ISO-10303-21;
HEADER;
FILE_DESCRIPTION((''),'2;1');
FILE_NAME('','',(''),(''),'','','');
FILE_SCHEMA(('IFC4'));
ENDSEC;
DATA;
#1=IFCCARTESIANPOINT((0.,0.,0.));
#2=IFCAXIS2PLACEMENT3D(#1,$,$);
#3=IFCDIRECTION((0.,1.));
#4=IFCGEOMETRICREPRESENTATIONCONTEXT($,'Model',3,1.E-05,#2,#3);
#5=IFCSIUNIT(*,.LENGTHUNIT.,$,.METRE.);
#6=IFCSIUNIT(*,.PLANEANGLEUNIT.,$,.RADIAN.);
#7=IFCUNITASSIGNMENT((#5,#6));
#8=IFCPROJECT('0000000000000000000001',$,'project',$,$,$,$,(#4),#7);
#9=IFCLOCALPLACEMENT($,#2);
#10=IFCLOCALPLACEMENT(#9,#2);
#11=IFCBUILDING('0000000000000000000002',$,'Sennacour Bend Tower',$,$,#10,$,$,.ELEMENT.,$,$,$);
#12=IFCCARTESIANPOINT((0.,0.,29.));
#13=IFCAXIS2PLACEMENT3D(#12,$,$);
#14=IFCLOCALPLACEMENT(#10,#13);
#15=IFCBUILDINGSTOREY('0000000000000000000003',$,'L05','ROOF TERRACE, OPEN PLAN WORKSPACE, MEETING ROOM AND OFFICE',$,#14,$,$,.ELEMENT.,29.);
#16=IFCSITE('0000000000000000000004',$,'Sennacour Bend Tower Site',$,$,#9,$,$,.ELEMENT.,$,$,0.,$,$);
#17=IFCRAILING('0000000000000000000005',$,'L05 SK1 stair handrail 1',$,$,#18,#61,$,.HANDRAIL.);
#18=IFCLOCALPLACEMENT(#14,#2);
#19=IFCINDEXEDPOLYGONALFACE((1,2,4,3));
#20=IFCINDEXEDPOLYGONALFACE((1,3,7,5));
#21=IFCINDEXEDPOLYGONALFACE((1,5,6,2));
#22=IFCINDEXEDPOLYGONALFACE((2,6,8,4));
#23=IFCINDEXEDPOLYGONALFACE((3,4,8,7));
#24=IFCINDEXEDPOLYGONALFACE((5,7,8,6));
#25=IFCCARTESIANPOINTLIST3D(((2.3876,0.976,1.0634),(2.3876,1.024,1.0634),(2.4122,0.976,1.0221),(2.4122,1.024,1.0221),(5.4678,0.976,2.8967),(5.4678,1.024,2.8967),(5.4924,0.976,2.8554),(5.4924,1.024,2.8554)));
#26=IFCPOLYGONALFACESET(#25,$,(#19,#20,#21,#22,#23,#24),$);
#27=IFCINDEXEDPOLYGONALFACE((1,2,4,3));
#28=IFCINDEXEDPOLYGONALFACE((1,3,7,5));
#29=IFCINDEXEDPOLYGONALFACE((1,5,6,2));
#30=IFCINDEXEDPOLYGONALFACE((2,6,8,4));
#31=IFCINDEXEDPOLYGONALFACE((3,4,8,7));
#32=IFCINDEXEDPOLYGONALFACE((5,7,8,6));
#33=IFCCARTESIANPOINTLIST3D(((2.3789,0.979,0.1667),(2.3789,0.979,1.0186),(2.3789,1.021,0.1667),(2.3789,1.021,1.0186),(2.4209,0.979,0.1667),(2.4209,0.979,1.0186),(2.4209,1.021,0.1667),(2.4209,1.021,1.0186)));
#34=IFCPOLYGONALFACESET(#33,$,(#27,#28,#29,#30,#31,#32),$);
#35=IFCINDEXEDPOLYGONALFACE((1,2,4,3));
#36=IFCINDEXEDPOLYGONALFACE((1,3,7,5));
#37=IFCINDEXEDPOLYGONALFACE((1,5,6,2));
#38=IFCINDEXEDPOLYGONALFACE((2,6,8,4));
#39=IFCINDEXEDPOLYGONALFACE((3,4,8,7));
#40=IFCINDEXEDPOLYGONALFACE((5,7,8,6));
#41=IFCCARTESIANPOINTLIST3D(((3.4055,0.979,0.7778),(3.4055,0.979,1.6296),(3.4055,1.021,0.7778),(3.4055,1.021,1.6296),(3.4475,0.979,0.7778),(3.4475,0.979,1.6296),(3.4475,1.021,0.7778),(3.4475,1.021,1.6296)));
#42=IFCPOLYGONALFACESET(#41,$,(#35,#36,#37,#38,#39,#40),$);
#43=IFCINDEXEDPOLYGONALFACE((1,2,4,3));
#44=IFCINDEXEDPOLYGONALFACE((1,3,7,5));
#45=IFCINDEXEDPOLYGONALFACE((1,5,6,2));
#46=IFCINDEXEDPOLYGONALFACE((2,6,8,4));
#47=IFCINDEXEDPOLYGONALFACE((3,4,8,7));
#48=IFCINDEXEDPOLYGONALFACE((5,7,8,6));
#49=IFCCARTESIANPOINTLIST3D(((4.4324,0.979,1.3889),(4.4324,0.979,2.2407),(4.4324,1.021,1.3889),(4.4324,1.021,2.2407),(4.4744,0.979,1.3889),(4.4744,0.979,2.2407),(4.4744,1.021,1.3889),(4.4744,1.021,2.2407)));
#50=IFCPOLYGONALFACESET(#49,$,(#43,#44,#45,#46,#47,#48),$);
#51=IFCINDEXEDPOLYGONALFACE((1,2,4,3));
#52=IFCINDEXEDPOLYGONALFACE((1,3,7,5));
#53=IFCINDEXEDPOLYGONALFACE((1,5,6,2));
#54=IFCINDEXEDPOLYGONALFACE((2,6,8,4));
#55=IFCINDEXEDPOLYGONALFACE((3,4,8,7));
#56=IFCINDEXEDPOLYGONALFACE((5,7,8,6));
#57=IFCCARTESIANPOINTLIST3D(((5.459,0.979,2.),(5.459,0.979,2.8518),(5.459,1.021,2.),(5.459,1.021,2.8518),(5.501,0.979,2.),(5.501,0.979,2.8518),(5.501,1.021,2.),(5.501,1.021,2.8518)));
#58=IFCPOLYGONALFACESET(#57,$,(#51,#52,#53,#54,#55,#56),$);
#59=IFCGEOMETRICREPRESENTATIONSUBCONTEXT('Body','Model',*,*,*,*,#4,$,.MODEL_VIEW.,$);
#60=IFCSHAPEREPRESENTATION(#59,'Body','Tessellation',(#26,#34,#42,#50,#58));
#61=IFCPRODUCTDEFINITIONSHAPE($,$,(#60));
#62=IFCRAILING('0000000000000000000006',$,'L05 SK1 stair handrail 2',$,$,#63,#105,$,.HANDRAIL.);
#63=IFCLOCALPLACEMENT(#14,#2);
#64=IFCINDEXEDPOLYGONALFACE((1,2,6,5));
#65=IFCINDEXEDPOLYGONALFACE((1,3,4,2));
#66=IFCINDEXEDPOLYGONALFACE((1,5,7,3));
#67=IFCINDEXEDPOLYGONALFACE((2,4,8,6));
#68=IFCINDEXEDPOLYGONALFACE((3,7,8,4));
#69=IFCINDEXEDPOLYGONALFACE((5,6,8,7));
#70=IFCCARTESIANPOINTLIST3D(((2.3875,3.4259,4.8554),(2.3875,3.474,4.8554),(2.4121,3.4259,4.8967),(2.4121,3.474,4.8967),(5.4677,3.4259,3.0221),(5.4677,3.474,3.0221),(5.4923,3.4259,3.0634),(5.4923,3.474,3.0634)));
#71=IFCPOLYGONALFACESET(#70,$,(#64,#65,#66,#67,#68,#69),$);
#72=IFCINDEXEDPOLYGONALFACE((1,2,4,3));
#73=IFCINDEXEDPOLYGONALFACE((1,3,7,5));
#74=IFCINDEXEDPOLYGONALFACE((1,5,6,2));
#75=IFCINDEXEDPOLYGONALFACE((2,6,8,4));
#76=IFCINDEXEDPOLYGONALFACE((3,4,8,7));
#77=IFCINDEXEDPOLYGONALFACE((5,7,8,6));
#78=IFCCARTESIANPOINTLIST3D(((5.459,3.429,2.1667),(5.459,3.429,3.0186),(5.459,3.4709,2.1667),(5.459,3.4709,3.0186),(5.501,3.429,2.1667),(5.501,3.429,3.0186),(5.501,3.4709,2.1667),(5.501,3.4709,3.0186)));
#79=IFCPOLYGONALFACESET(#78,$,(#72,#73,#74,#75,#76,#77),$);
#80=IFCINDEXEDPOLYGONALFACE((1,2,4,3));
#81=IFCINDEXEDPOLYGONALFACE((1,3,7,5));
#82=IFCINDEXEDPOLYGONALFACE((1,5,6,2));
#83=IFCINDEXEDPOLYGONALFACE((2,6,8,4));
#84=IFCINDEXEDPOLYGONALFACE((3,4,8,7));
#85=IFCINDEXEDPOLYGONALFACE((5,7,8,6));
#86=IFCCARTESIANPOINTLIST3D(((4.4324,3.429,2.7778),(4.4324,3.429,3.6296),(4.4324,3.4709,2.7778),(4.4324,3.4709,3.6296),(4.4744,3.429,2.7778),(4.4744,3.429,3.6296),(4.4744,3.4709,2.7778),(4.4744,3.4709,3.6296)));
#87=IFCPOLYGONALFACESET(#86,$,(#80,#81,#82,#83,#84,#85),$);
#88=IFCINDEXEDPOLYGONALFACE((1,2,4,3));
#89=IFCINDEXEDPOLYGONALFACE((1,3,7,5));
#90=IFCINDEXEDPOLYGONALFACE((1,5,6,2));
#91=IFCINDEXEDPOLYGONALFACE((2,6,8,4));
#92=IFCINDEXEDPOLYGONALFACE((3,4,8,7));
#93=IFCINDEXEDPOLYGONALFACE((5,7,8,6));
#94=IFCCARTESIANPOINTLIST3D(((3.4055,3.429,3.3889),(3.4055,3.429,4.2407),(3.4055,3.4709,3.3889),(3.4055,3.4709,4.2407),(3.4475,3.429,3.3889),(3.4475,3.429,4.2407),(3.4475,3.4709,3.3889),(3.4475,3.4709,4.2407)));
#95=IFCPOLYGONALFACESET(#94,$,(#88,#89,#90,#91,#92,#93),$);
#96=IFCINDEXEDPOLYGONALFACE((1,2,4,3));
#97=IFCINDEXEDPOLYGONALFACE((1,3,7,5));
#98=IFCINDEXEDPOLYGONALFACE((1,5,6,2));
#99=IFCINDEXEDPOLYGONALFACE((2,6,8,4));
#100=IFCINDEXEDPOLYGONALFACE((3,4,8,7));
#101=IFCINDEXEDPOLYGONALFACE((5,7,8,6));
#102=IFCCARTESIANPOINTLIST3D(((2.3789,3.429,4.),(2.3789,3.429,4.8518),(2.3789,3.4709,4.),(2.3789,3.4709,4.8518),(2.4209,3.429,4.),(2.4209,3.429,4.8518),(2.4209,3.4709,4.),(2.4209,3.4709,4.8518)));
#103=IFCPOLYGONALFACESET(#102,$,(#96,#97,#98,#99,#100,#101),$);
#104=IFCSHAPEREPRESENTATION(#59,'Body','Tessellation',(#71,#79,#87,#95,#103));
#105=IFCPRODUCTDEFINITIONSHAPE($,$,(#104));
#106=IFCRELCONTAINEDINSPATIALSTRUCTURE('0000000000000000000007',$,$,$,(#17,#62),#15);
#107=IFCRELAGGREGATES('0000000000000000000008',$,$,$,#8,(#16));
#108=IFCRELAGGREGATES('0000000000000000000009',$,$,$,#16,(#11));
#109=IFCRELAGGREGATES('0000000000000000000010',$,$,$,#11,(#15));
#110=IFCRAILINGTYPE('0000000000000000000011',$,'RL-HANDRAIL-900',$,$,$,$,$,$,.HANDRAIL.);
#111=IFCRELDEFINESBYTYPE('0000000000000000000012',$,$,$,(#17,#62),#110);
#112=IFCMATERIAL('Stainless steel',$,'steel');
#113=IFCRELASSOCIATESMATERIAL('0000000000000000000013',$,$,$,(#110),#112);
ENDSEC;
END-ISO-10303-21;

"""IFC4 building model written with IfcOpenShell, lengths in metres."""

from ifc_helpers import new_model, si_unit, direction, frame, origin, origin_2d, place, context, subcontext, project, spatial, rectangle, extrude, material, type_object, element, save


model = new_model("IFC4")

# Units and contexts
model_context = context("Model", 3, precision=1e-05, world=origin(), true_north=direction((0.0, 1.0)))
body_context = subcontext(model_context, "Body", "Model", "MODEL_VIEW")
ifc_project = project(units=[si_unit("LENGTHUNIT", "METRE"), si_unit("PLANEANGLEUNIT", "RADIAN")], contexts=[model_context])

# Site, building, storey
site_placement = place(None, origin())
site = spatial("IfcSite", under=ifc_project, at=site_placement, Name="Sennacour Bend Tower Site", CompositionType="ELEMENT", RefElevation=0.0)
building_placement = place(site_placement, origin())
building = spatial("IfcBuilding", under=site, at=building_placement, Name="Sennacour Bend Tower", CompositionType="ELEMENT")
storey_placement = place(building_placement, frame((0.0, 0.0, 29.0)))
storey = spatial("IfcBuildingStorey", under=building, at=storey_placement, Name="L05", Description="ROOF TERRACE, OPEN PLAN WORKSPACE, MEETING ROOM AND OFFICE", CompositionType="ELEMENT", Elevation=29.0)

# Railings
ifc_material_1 = material(Name="Stainless steel", Category="steel")
railing_type_1 = type_object("IfcRailingType", Name="RL-HANDRAIL-900", PredefinedType="HANDRAIL", material=ifc_material_1)
railing_1_placement = place(storey_placement, frame((2.3999, 1.0, 0.1667)))
element("IfcRailing", 1, at=railing_1_placement, inside=storey, type_object=railing_type_1, Name="L05 SK1 stair handrail 1", PredefinedType="HANDRAIL", context=body_context, shape_type="SweptSolid", body=[
    extrude(rectangle(XDim=0.0481, YDim=0.0481, at=origin_2d()), frame((0.0, 0.0, 0.876), z_axis=(0.859309, 0.0, 0.511458), x_axis=(0.0, 1.0, 0.0)), (0.0, 0.0, 1.0), 3.5845),
    extrude(rectangle(XDim=0.042, YDim=0.042, at=origin_2d()), origin(), (0.0, 0.0, 1.0), 0.8518),
    extrude(rectangle(XDim=0.042, YDim=0.042, at=origin_2d()), frame((1.0266, 0.0, 0.6111)), (0.0, 0.0, 1.0), 0.8518),
    extrude(rectangle(XDim=0.042, YDim=0.042, at=origin_2d()), frame((2.0535, 0.0, 1.2222)), (0.0, 0.0, 1.0), 0.8518),
    extrude(rectangle(XDim=0.042, YDim=0.042, at=origin_2d()), frame((3.0801, 0.0, 1.8333)), (0.0, 0.0, 1.0), 0.8518),
])
railing_2_placement = place(storey_placement, frame((5.48, 3.45, 2.1667)))
element("IfcRailing", 2, at=railing_2_placement, inside=storey, type_object=railing_type_1, Name="L05 SK1 stair handrail 2", PredefinedType="HANDRAIL", context=body_context, shape_type="SweptSolid", body=[
    extrude(rectangle(XDim=0.0481, YDim=0.0481, at=origin_2d()), frame((0.0, 0.0, 0.876), z_axis=(-0.859309, 0.0, 0.511458), x_axis=(0.0, -1.0, 0.0)), (0.0, 0.0, 1.0), 3.5845),
    extrude(rectangle(XDim=0.042, YDim=0.042, at=origin_2d()), origin(), (0.0, 0.0, 1.0), 0.8518),
    extrude(rectangle(XDim=0.042, YDim=0.042, at=origin_2d()), frame((-1.0266, 0.0, 0.6111)), (0.0, 0.0, 1.0), 0.8518),
    extrude(rectangle(XDim=0.042, YDim=0.042, at=origin_2d()), frame((-2.0535, 0.0, 1.2222)), (0.0, 0.0, 1.0), 0.8518),
    extrude(rectangle(XDim=0.042, YDim=0.042, at=origin_2d()), frame((-3.0801, 0.0, 1.8333)), (0.0, 0.0, 1.0), 0.8518),
])

save(model, "model.ifc")
